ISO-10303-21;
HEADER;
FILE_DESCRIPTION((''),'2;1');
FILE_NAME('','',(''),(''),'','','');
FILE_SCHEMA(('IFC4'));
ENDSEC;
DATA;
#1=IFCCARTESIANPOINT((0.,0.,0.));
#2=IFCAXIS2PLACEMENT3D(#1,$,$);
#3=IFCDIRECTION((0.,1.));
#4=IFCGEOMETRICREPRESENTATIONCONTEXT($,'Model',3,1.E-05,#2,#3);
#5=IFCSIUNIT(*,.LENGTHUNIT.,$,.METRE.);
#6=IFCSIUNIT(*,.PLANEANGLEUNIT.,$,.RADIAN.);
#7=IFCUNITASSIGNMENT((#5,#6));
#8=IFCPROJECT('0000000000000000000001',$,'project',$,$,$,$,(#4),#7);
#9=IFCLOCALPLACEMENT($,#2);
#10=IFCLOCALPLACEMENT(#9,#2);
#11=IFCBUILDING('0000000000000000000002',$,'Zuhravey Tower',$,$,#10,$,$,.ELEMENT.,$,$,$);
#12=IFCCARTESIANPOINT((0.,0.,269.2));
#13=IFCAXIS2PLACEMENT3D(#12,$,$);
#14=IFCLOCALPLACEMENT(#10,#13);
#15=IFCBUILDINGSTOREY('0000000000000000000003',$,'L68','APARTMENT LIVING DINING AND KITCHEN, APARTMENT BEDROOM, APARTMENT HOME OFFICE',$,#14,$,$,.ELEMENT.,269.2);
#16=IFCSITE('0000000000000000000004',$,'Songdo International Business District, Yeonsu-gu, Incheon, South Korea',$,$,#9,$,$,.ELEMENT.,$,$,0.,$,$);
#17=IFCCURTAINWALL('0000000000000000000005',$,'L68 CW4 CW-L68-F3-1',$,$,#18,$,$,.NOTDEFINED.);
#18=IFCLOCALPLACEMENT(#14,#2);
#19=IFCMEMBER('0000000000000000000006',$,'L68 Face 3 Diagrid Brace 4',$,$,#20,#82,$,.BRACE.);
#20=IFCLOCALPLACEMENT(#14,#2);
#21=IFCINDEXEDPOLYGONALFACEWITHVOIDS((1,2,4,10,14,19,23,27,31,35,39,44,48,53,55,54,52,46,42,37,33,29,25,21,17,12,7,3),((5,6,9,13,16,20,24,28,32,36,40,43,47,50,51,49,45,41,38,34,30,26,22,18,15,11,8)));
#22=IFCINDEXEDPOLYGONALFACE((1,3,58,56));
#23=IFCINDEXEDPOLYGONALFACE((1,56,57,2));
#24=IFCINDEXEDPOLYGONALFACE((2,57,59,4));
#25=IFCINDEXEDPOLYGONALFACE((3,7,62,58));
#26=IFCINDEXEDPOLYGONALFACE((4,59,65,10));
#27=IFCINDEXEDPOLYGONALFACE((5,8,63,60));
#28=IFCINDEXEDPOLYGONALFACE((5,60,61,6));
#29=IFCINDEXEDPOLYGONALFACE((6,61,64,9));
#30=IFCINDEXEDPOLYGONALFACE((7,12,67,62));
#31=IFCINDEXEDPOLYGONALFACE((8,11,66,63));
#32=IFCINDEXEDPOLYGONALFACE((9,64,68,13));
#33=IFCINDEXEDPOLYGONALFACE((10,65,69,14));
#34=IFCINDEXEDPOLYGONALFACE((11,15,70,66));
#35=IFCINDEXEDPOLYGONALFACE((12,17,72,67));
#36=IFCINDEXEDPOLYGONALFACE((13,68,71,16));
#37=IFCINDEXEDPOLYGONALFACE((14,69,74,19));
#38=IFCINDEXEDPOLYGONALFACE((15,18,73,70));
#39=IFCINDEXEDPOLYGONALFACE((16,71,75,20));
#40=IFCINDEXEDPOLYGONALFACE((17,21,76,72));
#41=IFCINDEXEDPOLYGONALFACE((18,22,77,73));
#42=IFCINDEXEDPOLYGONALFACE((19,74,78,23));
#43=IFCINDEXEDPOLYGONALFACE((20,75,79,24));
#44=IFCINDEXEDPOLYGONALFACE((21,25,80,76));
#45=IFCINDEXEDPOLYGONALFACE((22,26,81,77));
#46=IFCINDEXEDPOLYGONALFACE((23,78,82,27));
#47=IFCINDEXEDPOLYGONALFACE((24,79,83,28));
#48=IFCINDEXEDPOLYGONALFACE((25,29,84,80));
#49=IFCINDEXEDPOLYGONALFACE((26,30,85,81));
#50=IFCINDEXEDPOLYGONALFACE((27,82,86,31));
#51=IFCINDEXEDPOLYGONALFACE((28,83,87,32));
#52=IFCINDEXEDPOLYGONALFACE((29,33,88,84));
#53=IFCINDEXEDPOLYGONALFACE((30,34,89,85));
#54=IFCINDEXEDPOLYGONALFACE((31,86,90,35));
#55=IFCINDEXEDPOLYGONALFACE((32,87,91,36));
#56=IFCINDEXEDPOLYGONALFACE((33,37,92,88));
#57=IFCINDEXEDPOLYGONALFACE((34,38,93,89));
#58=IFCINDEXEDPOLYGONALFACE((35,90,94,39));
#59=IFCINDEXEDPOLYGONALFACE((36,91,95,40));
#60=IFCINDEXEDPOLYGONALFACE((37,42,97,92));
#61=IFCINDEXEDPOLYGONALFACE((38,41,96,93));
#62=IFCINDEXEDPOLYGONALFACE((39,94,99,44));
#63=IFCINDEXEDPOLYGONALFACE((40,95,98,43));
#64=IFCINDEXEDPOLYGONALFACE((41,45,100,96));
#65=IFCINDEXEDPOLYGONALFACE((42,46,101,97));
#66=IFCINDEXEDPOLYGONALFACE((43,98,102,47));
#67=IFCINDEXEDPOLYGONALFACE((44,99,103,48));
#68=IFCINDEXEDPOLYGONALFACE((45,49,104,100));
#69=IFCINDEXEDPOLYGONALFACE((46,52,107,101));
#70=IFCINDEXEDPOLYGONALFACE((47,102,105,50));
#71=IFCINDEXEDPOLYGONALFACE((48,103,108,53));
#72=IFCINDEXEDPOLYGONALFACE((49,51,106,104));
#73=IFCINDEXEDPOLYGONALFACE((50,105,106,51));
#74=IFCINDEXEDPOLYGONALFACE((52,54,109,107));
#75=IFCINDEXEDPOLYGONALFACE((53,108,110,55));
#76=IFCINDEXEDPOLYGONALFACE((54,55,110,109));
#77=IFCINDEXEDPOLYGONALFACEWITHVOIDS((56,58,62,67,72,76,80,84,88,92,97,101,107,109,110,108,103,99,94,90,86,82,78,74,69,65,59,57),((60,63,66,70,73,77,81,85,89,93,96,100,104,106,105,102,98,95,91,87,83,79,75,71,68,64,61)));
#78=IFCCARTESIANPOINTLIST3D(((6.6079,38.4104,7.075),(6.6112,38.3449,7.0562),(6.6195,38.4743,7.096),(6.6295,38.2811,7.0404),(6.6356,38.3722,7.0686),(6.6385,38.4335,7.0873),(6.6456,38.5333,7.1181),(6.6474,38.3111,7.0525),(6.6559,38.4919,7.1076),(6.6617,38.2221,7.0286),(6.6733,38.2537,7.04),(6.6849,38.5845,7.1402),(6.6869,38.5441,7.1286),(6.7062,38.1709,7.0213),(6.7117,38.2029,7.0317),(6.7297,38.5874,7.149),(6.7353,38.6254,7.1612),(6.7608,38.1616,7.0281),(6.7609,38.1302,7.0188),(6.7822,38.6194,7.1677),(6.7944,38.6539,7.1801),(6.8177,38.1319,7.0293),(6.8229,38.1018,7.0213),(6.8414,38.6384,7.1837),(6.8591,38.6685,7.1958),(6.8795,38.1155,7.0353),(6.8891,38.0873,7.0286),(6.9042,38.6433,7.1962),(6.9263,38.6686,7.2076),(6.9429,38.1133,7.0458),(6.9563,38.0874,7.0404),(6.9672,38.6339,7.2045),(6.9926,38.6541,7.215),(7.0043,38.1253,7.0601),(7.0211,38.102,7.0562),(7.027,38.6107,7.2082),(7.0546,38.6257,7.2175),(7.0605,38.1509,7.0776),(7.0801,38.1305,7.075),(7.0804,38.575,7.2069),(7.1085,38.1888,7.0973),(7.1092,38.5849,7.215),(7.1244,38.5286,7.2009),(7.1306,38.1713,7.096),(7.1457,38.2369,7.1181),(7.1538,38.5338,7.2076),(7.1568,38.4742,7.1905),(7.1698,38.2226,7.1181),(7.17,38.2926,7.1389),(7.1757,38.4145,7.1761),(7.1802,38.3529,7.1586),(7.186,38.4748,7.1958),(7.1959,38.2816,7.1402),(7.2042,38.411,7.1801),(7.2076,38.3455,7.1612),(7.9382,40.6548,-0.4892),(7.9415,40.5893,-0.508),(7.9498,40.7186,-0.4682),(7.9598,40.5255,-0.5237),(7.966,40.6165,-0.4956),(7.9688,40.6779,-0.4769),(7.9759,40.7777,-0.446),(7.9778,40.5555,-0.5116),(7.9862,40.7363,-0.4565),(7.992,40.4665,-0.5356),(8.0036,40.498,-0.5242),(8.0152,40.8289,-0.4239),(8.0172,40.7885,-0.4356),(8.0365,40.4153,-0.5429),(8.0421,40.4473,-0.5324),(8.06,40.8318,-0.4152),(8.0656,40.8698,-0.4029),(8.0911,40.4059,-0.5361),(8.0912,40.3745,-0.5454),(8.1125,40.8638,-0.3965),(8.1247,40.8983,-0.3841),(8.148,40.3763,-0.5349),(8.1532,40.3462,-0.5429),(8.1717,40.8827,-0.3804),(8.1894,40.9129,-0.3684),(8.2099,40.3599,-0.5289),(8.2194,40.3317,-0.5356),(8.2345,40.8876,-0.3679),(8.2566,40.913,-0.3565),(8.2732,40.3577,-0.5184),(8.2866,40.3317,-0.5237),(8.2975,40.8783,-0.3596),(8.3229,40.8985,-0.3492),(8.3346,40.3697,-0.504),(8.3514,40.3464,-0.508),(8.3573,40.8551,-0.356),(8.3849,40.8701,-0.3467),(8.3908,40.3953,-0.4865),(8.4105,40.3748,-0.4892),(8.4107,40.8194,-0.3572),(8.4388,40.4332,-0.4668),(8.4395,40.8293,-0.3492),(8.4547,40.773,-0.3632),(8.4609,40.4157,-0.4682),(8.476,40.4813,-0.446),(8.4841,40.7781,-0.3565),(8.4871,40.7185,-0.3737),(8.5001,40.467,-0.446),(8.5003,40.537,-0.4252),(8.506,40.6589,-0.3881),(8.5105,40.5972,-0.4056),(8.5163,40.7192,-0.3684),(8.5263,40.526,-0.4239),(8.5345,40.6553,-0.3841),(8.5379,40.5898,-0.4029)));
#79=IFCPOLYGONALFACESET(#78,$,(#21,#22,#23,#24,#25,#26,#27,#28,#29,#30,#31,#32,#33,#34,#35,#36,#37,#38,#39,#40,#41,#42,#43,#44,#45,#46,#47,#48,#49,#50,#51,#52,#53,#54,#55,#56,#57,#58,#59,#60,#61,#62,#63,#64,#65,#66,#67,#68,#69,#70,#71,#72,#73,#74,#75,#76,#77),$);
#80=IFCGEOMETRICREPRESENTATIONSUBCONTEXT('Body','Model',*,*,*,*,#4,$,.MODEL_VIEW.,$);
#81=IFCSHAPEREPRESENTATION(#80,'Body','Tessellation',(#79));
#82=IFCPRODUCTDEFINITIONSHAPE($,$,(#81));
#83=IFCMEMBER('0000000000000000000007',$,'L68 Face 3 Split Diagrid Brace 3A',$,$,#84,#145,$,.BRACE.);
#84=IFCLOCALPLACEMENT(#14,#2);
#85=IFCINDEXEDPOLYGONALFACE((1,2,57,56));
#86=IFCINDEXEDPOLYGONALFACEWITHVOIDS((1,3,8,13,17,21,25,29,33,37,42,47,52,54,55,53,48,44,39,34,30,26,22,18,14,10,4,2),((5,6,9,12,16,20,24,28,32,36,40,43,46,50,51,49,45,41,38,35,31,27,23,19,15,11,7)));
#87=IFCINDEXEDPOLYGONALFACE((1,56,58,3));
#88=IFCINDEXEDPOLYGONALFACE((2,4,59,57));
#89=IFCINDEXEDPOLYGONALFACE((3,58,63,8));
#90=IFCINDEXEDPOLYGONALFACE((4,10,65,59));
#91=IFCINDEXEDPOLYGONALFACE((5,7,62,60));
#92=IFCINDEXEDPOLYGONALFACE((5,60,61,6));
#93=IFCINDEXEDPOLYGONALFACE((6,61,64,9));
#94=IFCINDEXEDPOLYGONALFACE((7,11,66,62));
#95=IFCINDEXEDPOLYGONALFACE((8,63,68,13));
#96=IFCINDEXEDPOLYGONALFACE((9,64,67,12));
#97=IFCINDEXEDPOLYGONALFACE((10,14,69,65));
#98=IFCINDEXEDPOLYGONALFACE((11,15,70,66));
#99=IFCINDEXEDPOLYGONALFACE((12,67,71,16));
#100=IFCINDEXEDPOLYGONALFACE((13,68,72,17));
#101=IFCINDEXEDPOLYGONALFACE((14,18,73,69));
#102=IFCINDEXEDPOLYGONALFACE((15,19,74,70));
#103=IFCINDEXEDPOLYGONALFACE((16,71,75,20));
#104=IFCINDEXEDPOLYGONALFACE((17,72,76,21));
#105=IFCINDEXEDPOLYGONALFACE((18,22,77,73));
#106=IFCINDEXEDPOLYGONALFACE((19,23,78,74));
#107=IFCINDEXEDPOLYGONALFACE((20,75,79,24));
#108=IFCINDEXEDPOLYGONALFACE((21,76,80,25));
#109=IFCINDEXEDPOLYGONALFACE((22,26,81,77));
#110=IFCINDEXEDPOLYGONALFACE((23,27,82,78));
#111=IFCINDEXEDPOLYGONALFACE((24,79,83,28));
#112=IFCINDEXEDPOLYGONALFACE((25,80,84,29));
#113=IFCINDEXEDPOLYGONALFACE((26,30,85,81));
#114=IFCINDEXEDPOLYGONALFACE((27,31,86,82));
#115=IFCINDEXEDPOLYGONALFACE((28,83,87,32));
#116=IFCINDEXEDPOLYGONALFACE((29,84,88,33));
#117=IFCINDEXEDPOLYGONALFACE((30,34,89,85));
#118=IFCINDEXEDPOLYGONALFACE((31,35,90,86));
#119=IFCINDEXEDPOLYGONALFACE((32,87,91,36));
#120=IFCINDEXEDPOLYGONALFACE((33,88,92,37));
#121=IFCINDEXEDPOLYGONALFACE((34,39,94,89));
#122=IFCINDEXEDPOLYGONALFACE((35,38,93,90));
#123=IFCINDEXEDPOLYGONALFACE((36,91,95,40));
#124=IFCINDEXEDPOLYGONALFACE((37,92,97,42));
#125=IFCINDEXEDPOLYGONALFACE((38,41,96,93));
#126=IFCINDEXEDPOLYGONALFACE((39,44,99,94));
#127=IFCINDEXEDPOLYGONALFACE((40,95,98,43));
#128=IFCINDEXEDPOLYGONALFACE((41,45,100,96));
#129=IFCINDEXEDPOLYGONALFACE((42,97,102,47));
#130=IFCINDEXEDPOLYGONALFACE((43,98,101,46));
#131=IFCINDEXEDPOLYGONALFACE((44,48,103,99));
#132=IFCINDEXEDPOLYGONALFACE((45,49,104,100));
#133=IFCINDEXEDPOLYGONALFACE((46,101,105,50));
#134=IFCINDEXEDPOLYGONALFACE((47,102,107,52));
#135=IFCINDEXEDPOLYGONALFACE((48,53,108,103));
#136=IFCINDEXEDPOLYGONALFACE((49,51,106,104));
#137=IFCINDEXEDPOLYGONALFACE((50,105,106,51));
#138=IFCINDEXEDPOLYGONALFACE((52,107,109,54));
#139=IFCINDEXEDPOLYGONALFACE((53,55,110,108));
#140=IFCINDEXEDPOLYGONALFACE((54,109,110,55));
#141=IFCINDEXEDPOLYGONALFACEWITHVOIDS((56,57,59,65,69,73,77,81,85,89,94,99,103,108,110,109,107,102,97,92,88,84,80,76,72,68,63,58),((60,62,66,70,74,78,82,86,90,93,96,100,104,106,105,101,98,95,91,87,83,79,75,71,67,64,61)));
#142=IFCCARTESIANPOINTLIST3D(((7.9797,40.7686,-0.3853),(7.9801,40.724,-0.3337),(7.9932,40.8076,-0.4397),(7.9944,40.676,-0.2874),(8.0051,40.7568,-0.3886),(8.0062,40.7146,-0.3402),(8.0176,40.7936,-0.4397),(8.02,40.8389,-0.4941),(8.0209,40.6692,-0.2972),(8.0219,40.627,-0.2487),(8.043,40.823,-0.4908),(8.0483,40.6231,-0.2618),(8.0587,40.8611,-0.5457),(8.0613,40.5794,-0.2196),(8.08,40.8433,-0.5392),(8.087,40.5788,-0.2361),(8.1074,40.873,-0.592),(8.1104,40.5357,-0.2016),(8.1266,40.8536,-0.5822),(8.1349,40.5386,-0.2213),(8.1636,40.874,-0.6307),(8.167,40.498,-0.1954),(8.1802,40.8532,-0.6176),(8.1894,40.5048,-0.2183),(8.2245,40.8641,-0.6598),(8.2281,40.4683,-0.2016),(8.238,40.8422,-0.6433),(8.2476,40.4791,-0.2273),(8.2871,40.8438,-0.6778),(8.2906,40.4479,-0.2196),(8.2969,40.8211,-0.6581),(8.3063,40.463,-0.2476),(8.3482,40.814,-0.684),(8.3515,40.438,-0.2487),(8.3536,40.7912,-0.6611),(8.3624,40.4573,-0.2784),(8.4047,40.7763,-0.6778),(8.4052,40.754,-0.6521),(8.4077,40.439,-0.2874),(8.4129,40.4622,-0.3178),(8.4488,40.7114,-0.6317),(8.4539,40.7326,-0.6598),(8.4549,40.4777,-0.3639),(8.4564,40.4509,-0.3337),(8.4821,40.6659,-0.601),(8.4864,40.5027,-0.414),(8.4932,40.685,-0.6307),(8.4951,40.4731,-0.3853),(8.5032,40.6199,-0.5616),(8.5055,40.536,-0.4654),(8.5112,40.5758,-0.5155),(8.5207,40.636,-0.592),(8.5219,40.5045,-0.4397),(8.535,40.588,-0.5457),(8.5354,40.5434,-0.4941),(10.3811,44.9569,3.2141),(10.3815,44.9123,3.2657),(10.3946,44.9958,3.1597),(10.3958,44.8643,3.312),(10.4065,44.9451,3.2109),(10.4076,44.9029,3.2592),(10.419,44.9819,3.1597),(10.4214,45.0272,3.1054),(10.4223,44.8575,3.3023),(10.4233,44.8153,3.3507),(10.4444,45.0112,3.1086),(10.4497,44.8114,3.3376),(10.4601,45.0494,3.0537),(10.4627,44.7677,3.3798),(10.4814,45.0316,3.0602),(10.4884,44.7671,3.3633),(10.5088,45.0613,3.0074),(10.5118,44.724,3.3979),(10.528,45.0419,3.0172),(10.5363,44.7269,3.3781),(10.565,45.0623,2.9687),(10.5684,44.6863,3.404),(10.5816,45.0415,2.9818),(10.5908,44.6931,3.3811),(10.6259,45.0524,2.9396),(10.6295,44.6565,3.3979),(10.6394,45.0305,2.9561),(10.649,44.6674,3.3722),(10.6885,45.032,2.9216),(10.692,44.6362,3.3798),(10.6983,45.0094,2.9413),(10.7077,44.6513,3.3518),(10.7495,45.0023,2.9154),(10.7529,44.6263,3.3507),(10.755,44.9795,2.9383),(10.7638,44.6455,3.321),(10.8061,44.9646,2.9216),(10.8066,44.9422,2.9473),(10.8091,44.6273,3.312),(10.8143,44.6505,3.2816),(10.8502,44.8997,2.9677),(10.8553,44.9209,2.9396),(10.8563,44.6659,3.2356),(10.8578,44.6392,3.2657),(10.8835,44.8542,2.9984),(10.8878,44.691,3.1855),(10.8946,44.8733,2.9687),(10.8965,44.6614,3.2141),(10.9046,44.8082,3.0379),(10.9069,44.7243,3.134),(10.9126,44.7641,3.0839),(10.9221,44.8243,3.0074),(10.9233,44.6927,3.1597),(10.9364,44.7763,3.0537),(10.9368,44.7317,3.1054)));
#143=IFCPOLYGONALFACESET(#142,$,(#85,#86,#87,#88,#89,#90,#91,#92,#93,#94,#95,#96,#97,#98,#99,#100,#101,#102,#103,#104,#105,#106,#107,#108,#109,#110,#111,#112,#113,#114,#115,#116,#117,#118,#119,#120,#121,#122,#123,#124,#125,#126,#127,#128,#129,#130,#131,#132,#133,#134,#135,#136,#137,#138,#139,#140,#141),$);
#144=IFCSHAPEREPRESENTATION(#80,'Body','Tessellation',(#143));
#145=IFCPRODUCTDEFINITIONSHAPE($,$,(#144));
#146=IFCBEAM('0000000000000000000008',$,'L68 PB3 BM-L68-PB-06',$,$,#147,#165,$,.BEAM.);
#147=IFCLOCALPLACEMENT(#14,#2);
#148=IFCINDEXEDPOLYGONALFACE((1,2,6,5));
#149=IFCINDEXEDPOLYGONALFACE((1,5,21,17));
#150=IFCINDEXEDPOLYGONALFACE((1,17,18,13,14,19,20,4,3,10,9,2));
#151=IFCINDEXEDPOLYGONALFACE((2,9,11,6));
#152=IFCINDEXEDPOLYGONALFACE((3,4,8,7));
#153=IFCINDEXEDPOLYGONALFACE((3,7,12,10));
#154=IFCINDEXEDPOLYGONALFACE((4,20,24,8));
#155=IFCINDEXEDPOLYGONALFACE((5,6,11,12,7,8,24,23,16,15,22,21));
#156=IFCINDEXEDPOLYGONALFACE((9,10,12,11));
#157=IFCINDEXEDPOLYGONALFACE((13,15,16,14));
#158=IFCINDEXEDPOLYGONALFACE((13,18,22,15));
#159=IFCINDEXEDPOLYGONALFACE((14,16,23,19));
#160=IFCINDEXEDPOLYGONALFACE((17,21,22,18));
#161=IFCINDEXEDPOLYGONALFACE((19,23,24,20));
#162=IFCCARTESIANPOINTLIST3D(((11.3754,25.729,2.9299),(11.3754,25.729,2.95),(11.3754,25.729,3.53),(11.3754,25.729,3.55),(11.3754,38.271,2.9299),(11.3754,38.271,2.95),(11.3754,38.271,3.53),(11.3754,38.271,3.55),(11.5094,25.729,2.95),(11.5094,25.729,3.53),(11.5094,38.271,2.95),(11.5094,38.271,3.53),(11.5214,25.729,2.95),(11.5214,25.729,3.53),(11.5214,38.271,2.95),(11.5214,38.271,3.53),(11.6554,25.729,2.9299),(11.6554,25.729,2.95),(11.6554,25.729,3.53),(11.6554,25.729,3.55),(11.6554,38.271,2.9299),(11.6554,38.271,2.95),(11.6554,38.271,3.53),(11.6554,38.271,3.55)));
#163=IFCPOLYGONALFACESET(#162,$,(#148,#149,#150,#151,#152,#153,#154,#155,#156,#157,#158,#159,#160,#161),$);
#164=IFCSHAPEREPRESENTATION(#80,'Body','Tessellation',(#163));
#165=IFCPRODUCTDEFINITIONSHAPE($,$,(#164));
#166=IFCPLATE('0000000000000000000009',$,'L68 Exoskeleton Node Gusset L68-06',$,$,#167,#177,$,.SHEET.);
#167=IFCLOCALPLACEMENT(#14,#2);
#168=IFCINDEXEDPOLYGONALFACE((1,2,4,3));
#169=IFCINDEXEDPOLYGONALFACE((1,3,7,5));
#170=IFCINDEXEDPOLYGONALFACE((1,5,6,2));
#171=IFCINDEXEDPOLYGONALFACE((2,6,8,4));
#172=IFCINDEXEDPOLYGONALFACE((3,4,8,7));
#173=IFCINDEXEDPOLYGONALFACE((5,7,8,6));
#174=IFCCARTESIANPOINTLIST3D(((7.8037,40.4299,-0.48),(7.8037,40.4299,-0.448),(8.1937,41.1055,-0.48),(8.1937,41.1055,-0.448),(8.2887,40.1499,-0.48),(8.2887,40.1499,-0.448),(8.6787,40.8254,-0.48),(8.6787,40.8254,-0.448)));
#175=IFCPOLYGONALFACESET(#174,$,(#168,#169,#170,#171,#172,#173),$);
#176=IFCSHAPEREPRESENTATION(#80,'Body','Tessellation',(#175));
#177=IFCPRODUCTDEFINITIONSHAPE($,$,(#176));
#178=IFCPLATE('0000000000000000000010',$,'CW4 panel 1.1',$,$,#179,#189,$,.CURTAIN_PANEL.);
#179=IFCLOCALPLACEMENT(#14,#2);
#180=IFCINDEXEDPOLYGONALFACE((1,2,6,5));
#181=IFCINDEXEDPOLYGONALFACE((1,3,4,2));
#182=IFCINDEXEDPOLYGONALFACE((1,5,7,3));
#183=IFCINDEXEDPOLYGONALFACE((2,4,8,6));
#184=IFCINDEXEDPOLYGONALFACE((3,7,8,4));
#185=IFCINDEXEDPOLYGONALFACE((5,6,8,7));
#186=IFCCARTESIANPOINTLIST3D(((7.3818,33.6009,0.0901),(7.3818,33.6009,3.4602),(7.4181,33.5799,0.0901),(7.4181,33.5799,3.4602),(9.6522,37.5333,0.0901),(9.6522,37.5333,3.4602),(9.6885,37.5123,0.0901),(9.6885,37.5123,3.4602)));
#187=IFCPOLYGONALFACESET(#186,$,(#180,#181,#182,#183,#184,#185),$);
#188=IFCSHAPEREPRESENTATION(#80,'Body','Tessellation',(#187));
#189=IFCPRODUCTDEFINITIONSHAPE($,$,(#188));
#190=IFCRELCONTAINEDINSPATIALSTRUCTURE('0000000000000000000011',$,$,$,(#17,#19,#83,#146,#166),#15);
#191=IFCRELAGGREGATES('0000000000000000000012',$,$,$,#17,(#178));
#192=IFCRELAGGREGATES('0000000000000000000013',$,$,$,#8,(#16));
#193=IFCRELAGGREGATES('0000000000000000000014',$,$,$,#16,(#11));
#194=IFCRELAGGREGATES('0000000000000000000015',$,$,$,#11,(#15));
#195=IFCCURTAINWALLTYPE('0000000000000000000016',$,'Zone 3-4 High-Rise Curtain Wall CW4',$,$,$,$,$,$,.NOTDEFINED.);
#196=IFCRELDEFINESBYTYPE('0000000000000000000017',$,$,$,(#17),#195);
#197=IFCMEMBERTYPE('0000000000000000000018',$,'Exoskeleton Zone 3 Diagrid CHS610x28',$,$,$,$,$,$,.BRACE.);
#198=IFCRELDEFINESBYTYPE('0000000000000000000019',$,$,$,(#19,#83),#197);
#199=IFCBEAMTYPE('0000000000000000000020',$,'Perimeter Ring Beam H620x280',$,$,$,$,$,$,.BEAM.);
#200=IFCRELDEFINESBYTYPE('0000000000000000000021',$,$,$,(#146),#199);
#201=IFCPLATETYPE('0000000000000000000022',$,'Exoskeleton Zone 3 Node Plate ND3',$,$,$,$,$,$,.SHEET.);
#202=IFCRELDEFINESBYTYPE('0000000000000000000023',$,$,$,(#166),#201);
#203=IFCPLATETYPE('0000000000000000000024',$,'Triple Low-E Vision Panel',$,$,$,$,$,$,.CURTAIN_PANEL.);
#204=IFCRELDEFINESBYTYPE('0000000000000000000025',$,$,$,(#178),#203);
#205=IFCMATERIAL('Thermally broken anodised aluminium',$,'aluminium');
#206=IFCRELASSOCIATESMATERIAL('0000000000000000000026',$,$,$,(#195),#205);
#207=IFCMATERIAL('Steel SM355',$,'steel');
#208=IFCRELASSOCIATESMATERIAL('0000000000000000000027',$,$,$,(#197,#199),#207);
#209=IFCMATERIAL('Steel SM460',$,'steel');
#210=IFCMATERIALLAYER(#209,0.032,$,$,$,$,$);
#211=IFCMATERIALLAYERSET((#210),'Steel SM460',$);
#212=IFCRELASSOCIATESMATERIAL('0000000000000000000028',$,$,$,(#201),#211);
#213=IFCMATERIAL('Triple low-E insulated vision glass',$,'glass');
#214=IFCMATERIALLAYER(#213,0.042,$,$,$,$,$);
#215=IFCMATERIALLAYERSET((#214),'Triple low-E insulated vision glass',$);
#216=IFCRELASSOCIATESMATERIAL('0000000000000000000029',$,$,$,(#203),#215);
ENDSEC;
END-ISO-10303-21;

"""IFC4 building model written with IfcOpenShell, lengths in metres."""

from ifc_helpers import new_model, si_unit, direction, frame, origin, origin_2d, place, context, subcontext, project, spatial, rectangle, hollow_circle, i_section, extrude, material, layer, layer_set, material_profile, profile_set, type_object, element, aggregate, save


model = new_model("IFC4")

# Units and contexts
model_context = context("Model", 3, precision=1e-05, world=origin(), true_north=direction((0.0, 1.0)))
body_context = subcontext(model_context, "Body", "Model", "MODEL_VIEW")
ifc_project = project(units=[si_unit("LENGTHUNIT", "METRE"), si_unit("PLANEANGLEUNIT", "RADIAN")], contexts=[model_context])

# Site, building, storey
site_placement = place(None, origin())
site = spatial("IfcSite", under=ifc_project, at=site_placement, Name="Songdo International Business District, Yeonsu-gu, Incheon, South Korea", CompositionType="ELEMENT", RefElevation=0.0)
building_placement = place(site_placement, origin())
building = spatial("IfcBuilding", under=site, at=building_placement, Name="Zuhravey Tower", CompositionType="ELEMENT")
storey_placement = place(building_placement, frame((0.0, 0.0, 269.2)))
storey = spatial("IfcBuildingStorey", under=building, at=storey_placement, Name="L68", Description="APARTMENT LIVING DINING AND KITCHEN, APARTMENT BEDROOM, APARTMENT HOME OFFICE", CompositionType="ELEMENT", Elevation=269.2)

# Curtain wall
ifc_material_1 = material(Name="Thermally broken anodised aluminium", Category="aluminium")
curtain_wall_type = type_object("IfcCurtainWallType", Name="Zone 3-4 High-Rise Curtain Wall CW4", PredefinedType="NOTDEFINED", material=ifc_material_1)
curtain_wall_placement = place(storey_placement, origin())
curtain_wall = element("IfcCurtainWall", 1, at=curtain_wall_placement, inside=storey, type_object=curtain_wall_type, Name="L68 CW4 CW-L68-F3-1", PredefinedType="NOTDEFINED")

# Members
ifc_material_2 = material(Name="Steel SM355", Category="steel")
ifc_material_profile_1 = material_profile(ifc_material_2, hollow_circle(Radius=0.3047, WallThickness=0.0281, at=origin_2d()), Name="CHS-609.6x28")
ifc_profile_set_1 = profile_set([ifc_material_profile_1], Name="Steel SM355")
member_type_1 = type_object("IfcMemberType", Name="Exoskeleton Zone 3 Diagrid CHS610x28", PredefinedType="BRACE", material=ifc_profile_set_1)
member_1_placement = place(storey_placement, frame((8.238, 40.6223, -0.446), z_axis=(-0.166259, -0.280495, 0.945347), x_axis=(0.860238, -0.509892, 0.0)))
element("IfcMember", 2, at=member_1_placement, inside=storey, type_object=member_type_1, Name="L68 Face 3 Diagrid Brace 4", PredefinedType="BRACE", context=body_context, shape_type="SweptSolid", body=[
    extrude(hollow_circle(Radius=0.3047, WallThickness=0.0281, at=origin_2d()), origin(), (0.0, 0.0, 1.0), 8.0015),
])
member_2_placement = place(storey_placement, frame((8.2576, 40.656, -0.4397), z_axis=(0.398772, 0.6955, 0.597713), x_axis=(-0.86752, 0.497402, 0.0)))
element("IfcMember", 3, at=member_2_placement, inside=storey, type_object=member_type_1, Name="L68 Face 3 Split Diagrid Brace 3A", PredefinedType="BRACE", context=body_context, shape_type="SweptSolid", body=[
    extrude(hollow_circle(Radius=0.3047, WallThickness=0.0281, at=origin_2d()), origin(), (0.0, 0.0, 1.0), 6.022),
])

# Beam
ifc_material_profile_2 = material_profile(ifc_material_2, i_section(OverallWidth=0.28, OverallDepth=0.6201, WebThickness=0.012, FlangeThickness=0.02, at=origin_2d()), Name="H-620x280x12x20")
ifc_profile_set_2 = profile_set([ifc_material_profile_2], Name="Steel SM355")
beam_type = type_object("IfcBeamType", Name="Perimeter Ring Beam H620x280", PredefinedType="BEAM", material=ifc_profile_set_2)
beam_placement = place(storey_placement, frame((11.5154, 38.271, 3.24), z_axis=(0.0, -1.0, 0.0), x_axis=(1.0, 0.0, 0.0)))
element("IfcBeam", 4, at=beam_placement, inside=storey, type_object=beam_type, Name="L68 PB3 BM-L68-PB-06", PredefinedType="BEAM", context=body_context, shape_type="SweptSolid", body=[
    extrude(i_section(OverallWidth=0.28, OverallDepth=0.6201, WebThickness=0.012, FlangeThickness=0.02, at=origin_2d()), origin(), (0.0, 0.0, 1.0), 12.542),
])

# Plates
ifc_material_3 = material(Name="Steel SM460", Category="steel")
ifc_layer_1 = layer(ifc_material_3, 0.032)
ifc_layer_set_1 = layer_set([ifc_layer_1], Name="Steel SM460")
plate_type_1 = type_object("IfcPlateType", Name="Exoskeleton Zone 3 Node Plate ND3", PredefinedType="SHEET", material=ifc_layer_set_1)
plate_1_placement = place(storey_placement, frame((8.2412, 40.6277, -0.48), z_axis=(0.0, 0.0, 1.0), x_axis=(-0.5, -0.866025, 0.0)))
element("IfcPlate", 5, at=plate_1_placement, inside=storey, type_object=plate_type_1, Name="L68 Exoskeleton Node Gusset L68-06", PredefinedType="SHEET", context=body_context, shape_type="SweptSolid", body=[
    extrude(rectangle(XDim=0.78, YDim=0.5601, at=origin_2d()), origin(), (0.0, 0.0, 1.0), 0.032),
])
ifc_material_4 = material(Name="Triple low-E insulated vision glass", Category="glass")
ifc_layer_2 = layer(ifc_material_4, 0.042)
ifc_layer_set_2 = layer_set([ifc_layer_2], Name="Triple low-E insulated vision glass")
plate_type_2 = type_object("IfcPlateType", Name="Triple Low-E Vision Panel", PredefinedType="CURTAIN_PANEL", material=ifc_layer_set_2)
plate_2_placement = place(storey_placement, frame((8.5352, 35.5566, 0.0901), z_axis=(0.0, 0.0, 1.0), x_axis=(0.500006, 0.866022, 0.0)))
plate_2 = element("IfcPlate", 6, at=plate_2_placement, type_object=plate_type_2, Name="CW4 panel 1.1", PredefinedType="CURTAIN_PANEL", context=body_context, shape_type="SweptSolid", body=[
    extrude(rectangle(XDim=4.5408, YDim=0.042, at=origin_2d()), origin(), (0.0, 0.0, 1.0), 3.3701),
])
aggregate(curtain_wall, [plate_2])

save(model, "model.ifc")
